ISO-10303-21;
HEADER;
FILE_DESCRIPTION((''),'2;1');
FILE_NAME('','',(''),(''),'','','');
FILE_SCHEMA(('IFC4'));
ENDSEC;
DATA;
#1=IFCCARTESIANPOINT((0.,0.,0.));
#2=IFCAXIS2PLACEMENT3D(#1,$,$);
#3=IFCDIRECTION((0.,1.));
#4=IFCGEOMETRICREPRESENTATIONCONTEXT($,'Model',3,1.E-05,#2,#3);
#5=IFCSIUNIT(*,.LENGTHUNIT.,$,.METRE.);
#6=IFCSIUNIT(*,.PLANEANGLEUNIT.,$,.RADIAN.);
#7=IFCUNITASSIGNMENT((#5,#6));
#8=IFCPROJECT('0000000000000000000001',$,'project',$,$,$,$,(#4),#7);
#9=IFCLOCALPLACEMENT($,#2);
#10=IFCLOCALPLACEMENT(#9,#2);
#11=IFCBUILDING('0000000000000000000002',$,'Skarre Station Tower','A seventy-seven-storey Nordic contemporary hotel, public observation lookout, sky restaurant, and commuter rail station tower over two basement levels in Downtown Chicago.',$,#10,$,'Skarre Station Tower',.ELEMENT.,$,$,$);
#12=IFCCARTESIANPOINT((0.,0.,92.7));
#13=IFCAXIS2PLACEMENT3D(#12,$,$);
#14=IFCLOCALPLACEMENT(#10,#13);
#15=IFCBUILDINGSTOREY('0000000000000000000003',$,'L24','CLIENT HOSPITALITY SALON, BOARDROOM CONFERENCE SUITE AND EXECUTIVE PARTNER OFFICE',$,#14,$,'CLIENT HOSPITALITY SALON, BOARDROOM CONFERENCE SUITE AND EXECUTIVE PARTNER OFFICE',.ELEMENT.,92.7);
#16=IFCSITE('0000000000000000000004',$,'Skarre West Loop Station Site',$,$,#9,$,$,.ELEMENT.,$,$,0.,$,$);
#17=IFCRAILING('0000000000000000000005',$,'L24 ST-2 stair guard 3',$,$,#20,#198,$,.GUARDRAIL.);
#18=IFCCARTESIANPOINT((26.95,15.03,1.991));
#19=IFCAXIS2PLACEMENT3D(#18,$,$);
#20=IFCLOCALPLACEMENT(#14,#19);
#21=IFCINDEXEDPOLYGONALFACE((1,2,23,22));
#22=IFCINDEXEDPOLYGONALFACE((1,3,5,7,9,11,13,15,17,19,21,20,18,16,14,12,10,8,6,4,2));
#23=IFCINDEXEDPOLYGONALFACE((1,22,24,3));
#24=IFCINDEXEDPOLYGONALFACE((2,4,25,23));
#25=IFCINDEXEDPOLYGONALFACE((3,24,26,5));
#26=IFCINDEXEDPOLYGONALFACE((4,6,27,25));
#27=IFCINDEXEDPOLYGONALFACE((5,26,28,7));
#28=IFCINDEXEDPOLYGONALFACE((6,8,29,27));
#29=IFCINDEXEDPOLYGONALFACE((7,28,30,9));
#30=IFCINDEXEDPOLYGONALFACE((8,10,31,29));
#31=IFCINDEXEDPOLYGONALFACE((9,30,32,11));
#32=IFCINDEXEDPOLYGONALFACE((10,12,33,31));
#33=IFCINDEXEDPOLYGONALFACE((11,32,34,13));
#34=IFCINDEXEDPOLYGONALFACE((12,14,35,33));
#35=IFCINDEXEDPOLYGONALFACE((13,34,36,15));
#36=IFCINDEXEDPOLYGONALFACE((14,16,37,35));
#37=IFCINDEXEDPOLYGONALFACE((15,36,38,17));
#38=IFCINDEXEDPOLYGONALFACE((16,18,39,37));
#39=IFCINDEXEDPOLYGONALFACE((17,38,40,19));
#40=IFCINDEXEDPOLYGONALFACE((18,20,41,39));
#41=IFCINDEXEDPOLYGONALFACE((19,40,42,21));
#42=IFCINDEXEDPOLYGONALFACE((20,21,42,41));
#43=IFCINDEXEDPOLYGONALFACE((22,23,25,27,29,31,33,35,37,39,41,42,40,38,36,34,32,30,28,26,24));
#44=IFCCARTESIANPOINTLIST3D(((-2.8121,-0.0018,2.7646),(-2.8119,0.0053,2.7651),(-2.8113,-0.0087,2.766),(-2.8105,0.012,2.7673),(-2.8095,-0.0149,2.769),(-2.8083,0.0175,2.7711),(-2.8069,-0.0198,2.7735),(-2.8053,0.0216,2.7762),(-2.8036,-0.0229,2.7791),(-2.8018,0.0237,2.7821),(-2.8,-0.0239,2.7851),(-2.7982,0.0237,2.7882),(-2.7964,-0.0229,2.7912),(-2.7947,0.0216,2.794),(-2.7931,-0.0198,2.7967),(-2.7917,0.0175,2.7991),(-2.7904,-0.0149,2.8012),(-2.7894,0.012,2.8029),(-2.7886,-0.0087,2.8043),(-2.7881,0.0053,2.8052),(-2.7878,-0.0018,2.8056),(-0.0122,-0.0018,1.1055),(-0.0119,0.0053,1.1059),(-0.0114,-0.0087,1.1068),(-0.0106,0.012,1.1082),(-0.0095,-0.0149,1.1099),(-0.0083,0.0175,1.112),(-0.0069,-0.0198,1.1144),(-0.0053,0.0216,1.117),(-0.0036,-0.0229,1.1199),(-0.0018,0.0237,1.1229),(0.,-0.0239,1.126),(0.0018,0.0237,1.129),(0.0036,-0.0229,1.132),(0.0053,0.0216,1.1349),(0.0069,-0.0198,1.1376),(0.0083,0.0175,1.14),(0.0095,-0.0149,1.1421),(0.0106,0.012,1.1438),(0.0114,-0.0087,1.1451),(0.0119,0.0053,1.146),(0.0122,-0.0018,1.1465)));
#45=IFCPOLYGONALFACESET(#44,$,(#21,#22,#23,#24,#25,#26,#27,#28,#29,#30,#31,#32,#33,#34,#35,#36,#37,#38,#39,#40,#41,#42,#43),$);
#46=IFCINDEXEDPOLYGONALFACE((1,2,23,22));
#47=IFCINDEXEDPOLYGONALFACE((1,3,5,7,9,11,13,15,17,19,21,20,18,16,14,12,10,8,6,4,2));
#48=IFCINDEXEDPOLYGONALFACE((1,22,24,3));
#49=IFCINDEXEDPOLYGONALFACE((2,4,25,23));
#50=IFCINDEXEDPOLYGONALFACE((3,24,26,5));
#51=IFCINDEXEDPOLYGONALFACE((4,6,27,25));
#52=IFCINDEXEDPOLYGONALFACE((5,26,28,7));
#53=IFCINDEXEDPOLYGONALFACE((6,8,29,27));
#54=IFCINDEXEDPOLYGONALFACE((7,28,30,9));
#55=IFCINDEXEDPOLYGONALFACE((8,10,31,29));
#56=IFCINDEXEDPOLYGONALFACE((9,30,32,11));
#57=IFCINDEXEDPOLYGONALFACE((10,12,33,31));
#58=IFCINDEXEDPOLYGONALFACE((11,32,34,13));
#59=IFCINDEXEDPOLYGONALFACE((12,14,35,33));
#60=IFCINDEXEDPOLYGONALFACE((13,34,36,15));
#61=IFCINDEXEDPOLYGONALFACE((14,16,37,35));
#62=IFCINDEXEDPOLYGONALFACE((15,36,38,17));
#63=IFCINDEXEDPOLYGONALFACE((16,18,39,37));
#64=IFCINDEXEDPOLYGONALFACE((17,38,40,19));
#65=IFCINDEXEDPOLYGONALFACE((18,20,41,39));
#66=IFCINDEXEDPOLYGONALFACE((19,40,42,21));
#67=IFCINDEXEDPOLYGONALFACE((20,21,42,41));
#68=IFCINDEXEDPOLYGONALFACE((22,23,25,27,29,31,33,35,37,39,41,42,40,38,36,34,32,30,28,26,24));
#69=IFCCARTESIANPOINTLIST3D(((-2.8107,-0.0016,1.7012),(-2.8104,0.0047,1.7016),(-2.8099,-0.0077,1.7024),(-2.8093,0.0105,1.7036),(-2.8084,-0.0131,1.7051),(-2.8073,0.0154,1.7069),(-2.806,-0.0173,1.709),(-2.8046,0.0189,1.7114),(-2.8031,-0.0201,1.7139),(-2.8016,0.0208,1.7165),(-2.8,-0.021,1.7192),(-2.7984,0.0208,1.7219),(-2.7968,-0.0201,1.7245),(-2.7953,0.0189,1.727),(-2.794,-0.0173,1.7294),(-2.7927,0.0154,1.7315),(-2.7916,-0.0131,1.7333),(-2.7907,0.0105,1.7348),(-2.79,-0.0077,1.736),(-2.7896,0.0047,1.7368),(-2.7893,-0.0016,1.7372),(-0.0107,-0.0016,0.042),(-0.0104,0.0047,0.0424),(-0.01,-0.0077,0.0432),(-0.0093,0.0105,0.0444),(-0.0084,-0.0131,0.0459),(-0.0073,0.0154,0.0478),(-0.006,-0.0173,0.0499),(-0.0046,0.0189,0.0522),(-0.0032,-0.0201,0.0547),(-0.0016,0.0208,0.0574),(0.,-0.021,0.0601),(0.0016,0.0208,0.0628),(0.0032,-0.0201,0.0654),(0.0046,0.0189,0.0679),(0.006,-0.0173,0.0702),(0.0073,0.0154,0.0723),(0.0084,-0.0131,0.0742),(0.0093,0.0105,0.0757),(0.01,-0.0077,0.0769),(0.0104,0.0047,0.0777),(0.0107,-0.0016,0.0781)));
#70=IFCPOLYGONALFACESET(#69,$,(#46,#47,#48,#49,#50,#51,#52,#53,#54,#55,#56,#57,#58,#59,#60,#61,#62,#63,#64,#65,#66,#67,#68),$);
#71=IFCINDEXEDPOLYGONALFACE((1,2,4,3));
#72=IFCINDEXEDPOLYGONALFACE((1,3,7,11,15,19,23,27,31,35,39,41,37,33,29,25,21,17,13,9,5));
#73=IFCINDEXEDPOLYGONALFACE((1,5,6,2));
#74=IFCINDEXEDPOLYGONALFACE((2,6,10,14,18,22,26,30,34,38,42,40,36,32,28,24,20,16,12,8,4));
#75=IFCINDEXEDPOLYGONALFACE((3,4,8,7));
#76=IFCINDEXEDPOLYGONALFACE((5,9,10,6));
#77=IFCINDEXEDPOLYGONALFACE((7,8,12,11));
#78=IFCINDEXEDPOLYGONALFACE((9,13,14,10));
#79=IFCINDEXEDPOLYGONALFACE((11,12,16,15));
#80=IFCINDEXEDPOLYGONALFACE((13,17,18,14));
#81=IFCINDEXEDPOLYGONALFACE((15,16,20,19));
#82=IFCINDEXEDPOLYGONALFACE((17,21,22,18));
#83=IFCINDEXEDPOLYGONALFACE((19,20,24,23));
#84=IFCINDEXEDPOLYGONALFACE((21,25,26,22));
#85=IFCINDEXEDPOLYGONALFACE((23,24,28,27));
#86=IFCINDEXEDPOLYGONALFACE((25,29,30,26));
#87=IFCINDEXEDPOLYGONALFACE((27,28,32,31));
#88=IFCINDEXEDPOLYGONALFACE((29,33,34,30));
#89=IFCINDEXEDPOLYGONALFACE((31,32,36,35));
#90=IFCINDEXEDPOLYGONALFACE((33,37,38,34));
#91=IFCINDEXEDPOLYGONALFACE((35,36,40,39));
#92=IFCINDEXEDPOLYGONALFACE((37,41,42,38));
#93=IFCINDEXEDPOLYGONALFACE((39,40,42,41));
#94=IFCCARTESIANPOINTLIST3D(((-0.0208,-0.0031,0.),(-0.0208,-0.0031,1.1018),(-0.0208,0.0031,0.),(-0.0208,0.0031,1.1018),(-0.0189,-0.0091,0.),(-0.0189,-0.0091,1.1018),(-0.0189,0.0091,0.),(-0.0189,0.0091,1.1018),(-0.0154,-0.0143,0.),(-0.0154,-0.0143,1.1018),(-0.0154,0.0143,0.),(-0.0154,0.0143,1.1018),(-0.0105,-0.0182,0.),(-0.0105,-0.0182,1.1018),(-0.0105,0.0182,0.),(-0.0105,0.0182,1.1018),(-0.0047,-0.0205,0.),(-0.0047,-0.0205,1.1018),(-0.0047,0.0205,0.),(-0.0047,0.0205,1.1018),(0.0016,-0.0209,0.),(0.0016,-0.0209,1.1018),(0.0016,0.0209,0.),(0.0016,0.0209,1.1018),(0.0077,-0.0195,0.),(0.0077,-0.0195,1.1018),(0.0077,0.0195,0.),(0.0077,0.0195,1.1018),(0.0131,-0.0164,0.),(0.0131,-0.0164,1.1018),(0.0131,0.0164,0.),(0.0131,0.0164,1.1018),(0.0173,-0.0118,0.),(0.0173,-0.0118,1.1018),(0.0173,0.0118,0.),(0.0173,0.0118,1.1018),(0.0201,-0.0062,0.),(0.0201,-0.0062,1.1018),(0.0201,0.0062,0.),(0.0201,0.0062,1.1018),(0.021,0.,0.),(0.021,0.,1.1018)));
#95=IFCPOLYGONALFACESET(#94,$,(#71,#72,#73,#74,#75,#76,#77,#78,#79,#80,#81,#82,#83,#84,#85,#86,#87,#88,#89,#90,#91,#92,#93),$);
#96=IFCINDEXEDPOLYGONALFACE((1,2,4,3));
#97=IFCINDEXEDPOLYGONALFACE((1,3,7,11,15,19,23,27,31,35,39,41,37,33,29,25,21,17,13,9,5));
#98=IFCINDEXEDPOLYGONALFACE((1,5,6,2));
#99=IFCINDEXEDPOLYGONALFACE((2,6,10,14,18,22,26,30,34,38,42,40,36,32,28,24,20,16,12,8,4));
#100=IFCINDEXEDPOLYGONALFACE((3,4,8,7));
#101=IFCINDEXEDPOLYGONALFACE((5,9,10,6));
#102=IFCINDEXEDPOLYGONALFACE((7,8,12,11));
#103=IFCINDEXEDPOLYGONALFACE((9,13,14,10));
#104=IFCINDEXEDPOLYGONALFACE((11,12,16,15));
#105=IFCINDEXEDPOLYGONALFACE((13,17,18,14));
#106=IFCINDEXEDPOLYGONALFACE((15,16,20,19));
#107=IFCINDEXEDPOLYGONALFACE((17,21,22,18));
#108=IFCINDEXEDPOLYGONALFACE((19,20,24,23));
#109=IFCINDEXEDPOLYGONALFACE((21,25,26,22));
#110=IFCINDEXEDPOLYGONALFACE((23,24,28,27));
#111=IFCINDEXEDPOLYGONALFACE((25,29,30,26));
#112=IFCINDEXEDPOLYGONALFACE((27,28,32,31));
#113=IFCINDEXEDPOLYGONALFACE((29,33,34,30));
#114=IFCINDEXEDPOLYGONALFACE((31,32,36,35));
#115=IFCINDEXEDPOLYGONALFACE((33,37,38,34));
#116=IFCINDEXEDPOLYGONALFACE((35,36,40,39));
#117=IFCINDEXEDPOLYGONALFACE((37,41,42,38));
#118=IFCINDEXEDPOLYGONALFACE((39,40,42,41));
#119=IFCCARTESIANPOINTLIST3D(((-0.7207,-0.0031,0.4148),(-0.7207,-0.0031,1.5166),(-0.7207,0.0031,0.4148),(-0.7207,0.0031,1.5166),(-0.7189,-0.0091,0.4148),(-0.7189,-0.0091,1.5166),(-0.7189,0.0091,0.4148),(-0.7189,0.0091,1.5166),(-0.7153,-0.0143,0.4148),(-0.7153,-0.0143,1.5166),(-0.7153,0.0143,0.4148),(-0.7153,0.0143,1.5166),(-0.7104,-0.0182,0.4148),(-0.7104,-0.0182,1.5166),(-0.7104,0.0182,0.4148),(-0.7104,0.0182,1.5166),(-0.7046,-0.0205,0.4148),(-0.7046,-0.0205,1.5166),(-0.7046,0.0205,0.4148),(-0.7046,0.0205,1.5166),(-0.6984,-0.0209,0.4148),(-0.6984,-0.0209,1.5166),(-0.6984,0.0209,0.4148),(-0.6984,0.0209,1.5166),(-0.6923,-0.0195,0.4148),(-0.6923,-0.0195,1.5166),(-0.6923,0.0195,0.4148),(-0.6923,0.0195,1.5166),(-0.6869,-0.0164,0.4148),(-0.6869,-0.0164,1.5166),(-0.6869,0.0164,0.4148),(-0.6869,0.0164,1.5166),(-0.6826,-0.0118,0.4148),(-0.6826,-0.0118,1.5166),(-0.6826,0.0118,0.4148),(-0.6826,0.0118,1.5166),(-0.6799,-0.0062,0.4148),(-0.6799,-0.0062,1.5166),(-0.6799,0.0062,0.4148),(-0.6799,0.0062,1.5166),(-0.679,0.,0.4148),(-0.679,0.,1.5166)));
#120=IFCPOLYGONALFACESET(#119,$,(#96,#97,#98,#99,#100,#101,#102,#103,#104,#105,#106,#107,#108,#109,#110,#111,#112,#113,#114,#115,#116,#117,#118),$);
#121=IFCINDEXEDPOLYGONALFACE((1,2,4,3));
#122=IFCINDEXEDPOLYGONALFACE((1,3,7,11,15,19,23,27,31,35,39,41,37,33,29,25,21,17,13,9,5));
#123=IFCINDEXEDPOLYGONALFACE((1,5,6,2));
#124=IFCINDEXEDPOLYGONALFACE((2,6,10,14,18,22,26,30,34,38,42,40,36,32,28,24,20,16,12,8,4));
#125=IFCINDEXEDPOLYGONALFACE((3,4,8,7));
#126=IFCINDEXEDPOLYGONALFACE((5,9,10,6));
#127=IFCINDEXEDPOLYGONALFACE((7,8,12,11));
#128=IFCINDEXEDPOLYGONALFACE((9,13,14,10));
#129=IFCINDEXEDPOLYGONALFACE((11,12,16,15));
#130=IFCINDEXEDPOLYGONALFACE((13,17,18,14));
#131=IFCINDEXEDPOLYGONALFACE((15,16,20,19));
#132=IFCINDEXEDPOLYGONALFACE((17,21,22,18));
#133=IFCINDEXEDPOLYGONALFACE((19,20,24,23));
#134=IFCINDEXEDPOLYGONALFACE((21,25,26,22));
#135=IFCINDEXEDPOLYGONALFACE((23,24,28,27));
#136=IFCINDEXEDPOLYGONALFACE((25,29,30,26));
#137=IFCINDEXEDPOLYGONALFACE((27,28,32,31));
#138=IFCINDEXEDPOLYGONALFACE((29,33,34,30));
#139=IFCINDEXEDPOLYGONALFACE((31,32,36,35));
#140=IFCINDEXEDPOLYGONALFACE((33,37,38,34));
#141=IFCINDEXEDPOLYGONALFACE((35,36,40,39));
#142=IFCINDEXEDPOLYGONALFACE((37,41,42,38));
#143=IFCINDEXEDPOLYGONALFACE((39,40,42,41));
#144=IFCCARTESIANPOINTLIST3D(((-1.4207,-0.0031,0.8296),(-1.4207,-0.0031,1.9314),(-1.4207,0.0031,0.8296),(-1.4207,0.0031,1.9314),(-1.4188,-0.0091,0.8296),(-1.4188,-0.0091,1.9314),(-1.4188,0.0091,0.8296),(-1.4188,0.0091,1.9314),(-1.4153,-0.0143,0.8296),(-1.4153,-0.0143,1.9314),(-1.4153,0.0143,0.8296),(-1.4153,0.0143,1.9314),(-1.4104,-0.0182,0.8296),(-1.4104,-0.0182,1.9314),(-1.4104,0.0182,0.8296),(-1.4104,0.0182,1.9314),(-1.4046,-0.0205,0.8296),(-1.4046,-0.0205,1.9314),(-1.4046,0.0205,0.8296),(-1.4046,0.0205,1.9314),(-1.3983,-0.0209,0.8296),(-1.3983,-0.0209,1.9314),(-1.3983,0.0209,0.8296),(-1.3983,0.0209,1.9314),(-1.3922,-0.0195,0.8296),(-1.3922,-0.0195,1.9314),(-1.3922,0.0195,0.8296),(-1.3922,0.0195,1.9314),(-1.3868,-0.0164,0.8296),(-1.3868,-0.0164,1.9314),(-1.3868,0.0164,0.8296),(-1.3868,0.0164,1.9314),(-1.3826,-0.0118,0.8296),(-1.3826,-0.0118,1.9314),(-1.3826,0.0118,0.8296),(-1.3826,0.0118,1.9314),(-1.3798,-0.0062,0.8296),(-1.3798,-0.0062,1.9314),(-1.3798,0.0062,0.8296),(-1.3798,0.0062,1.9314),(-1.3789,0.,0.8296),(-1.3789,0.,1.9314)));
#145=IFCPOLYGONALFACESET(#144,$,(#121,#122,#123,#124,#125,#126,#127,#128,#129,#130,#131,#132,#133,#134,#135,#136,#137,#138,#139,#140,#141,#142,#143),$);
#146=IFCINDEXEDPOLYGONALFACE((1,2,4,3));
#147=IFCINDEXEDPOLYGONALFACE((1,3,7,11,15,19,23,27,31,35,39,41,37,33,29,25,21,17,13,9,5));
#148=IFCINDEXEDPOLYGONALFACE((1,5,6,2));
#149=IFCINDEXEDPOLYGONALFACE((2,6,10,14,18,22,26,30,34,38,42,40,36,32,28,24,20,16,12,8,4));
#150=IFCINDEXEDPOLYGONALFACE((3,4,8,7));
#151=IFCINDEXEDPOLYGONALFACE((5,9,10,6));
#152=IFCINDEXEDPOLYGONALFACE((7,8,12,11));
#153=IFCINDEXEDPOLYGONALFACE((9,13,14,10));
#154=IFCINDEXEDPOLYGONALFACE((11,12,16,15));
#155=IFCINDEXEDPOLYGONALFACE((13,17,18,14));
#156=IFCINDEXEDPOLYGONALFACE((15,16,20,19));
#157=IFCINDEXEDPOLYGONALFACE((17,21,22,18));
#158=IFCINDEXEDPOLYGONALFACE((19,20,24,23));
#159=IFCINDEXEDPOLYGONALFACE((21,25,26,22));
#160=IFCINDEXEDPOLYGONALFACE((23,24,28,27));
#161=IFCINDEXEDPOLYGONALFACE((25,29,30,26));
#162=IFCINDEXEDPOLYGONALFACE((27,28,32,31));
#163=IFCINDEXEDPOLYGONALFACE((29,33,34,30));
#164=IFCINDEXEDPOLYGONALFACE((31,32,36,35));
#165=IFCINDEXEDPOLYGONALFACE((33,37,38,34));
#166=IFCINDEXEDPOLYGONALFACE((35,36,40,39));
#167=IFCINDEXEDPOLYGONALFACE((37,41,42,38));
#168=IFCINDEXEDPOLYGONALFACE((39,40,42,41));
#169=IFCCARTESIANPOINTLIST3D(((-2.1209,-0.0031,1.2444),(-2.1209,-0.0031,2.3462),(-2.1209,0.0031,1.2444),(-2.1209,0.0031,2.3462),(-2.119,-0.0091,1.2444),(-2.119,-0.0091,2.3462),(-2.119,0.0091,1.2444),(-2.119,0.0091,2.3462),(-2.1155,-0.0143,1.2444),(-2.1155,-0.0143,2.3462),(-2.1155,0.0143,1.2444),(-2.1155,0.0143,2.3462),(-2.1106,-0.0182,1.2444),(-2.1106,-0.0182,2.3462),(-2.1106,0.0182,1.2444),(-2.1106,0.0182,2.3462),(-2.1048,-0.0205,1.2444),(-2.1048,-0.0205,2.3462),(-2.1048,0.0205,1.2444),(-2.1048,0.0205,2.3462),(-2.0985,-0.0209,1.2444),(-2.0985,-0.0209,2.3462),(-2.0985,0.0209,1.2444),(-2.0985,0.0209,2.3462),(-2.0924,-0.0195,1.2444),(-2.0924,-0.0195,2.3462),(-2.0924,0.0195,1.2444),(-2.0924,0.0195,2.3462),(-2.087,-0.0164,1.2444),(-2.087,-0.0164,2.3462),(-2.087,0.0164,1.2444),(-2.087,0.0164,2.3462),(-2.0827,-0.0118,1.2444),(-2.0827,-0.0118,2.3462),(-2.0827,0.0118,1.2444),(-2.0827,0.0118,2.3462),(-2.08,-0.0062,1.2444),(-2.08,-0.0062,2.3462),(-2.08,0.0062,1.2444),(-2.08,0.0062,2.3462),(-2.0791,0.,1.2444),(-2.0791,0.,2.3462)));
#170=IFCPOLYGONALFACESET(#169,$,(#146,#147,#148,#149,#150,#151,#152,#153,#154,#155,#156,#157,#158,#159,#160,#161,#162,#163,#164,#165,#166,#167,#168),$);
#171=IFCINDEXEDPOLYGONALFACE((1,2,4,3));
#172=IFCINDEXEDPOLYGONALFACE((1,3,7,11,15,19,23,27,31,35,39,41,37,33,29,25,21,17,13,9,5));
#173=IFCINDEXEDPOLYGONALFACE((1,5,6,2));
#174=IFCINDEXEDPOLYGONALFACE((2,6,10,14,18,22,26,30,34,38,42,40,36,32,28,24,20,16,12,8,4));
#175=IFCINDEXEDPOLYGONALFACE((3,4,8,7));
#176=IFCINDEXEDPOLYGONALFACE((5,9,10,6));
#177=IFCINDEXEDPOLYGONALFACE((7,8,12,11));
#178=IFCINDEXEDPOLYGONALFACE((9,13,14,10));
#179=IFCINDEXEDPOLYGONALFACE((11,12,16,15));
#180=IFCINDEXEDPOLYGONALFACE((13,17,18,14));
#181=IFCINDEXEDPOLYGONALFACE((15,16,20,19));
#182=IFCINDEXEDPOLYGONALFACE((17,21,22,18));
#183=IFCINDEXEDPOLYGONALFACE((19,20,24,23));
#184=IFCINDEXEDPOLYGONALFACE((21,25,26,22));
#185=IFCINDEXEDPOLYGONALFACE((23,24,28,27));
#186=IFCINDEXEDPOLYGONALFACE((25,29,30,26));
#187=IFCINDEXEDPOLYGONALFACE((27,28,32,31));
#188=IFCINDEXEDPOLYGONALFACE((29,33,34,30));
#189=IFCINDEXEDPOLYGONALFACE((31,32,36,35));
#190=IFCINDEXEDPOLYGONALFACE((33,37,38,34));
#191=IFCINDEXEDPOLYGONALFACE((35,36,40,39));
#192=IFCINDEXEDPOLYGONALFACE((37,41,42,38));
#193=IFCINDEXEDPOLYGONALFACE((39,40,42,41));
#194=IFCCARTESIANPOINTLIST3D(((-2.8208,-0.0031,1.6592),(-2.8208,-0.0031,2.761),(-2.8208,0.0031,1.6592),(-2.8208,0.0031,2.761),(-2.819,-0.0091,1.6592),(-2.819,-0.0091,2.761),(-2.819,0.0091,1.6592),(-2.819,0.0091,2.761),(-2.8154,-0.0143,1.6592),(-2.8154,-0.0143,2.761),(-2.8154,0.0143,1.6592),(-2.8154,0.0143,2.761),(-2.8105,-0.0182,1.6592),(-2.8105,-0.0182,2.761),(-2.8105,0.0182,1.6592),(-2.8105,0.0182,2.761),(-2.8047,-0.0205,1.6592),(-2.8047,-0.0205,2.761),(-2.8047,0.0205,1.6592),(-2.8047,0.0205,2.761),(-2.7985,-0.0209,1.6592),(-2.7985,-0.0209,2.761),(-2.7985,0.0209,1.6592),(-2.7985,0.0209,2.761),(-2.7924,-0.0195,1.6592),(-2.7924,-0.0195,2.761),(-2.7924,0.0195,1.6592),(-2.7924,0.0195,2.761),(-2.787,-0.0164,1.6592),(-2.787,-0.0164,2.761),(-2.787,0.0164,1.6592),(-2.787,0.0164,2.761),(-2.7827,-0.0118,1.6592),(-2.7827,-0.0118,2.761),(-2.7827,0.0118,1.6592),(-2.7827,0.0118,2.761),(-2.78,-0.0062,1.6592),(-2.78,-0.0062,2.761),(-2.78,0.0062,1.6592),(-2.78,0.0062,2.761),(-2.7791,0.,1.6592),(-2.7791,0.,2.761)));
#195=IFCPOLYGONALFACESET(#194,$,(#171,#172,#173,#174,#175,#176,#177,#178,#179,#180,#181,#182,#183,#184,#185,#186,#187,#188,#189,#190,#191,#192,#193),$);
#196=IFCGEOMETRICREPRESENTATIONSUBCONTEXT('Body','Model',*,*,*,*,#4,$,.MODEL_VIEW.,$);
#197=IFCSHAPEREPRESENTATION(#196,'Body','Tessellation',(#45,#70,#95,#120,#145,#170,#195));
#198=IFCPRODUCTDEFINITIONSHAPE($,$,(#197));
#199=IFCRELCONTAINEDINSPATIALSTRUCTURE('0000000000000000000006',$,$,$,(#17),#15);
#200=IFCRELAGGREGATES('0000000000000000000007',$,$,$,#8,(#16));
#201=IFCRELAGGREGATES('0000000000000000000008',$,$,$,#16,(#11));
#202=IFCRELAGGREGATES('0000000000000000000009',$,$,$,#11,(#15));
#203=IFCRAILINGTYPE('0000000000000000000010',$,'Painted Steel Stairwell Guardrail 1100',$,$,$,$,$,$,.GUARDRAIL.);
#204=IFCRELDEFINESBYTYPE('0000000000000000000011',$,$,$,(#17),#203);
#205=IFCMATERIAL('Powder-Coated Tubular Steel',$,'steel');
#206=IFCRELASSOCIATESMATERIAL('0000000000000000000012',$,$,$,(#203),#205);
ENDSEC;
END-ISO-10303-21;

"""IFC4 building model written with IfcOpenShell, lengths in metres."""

from ifc_helpers import new_model, si_unit, direction, frame, origin, origin_2d, place, context, subcontext, project, spatial, circle, extrude, material, type_object, element, save


model = new_model("IFC4")

# Units and contexts
model_context = context("Model", 3, precision=1e-05, world=origin(), true_north=direction((0.0, 1.0)))
body_context = subcontext(model_context, "Body", "Model", "MODEL_VIEW")
ifc_project = project(units=[si_unit("LENGTHUNIT", "METRE"), si_unit("PLANEANGLEUNIT", "RADIAN")], contexts=[model_context])

# Site, building, storey
site_placement = place(None, origin())
site = spatial("IfcSite", under=ifc_project, at=site_placement, Name="Skarre West Loop Station Site", CompositionType="ELEMENT", RefElevation=0.0)
building_placement = place(site_placement, origin())
building = spatial("IfcBuilding", under=site, at=building_placement, Name="Skarre Station Tower", Description="A seventy-seven-storey Nordic contemporary hotel, public observation lookout, sky restaurant, and commuter rail station tower over two basement levels in Downtown Chicago.", LongName="Skarre Station Tower", CompositionType="ELEMENT")
storey_placement = place(building_placement, frame((0.0, 0.0, 92.7)))
storey = spatial("IfcBuildingStorey", under=building, at=storey_placement, Name="L24", Description="CLIENT HOSPITALITY SALON, BOARDROOM CONFERENCE SUITE AND EXECUTIVE PARTNER OFFICE", LongName="CLIENT HOSPITALITY SALON, BOARDROOM CONFERENCE SUITE AND EXECUTIVE PARTNER OFFICE", CompositionType="ELEMENT", Elevation=92.7)

# Railing
ifc_material_1 = material(Name="Powder-Coated Tubular Steel", Category="steel")
railing_type_1 = type_object("IfcRailingType", Name="Painted Steel Stairwell Guardrail 1100", PredefinedType="GUARDRAIL", material=ifc_material_1)
railing_1_placement = place(storey_placement, frame((26.95, 15.03, 1.991)))
element("IfcRailing", 1, at=railing_1_placement, inside=storey, type_object=railing_type_1, Name="L24 ST-2 stair guard 3", PredefinedType="GUARDRAIL", context=body_context, shape_type="SweptSolid", body=[
    extrude(circle(Radius=0.0239, at=origin_2d()), frame((0.0, 0.0, 1.126), z_axis=(-0.860306, 0.0, 0.509778), x_axis=(0.0, -1.0, 0.0)), (0.0, 0.0, 1.0), 3.2546),
    extrude(circle(Radius=0.021, at=origin_2d()), frame((0.0, 0.0, 0.0601), z_axis=(-0.860306, 0.0, 0.509778), x_axis=(0.0, -1.0, 0.0)), (0.0, 0.0, 1.0), 3.2546),
    extrude(circle(Radius=0.021, at=origin_2d()), origin(), (0.0, 0.0, 1.0), 1.1018),
    extrude(circle(Radius=0.021, at=origin_2d()), frame((-0.7, 0.0, 0.4148)), (0.0, 0.0, 1.0), 1.1018),
    extrude(circle(Radius=0.021, at=origin_2d()), frame((-1.3999, 0.0, 0.8296)), (0.0, 0.0, 1.0), 1.1018),
    extrude(circle(Radius=0.021, at=origin_2d()), frame((-2.1001, 0.0, 1.2444)), (0.0, 0.0, 1.0), 1.1018),
    extrude(circle(Radius=0.021, at=origin_2d()), frame((-2.8, 0.0, 1.6592)), (0.0, 0.0, 1.0), 1.1018),
])

save(model, "model.ifc")
